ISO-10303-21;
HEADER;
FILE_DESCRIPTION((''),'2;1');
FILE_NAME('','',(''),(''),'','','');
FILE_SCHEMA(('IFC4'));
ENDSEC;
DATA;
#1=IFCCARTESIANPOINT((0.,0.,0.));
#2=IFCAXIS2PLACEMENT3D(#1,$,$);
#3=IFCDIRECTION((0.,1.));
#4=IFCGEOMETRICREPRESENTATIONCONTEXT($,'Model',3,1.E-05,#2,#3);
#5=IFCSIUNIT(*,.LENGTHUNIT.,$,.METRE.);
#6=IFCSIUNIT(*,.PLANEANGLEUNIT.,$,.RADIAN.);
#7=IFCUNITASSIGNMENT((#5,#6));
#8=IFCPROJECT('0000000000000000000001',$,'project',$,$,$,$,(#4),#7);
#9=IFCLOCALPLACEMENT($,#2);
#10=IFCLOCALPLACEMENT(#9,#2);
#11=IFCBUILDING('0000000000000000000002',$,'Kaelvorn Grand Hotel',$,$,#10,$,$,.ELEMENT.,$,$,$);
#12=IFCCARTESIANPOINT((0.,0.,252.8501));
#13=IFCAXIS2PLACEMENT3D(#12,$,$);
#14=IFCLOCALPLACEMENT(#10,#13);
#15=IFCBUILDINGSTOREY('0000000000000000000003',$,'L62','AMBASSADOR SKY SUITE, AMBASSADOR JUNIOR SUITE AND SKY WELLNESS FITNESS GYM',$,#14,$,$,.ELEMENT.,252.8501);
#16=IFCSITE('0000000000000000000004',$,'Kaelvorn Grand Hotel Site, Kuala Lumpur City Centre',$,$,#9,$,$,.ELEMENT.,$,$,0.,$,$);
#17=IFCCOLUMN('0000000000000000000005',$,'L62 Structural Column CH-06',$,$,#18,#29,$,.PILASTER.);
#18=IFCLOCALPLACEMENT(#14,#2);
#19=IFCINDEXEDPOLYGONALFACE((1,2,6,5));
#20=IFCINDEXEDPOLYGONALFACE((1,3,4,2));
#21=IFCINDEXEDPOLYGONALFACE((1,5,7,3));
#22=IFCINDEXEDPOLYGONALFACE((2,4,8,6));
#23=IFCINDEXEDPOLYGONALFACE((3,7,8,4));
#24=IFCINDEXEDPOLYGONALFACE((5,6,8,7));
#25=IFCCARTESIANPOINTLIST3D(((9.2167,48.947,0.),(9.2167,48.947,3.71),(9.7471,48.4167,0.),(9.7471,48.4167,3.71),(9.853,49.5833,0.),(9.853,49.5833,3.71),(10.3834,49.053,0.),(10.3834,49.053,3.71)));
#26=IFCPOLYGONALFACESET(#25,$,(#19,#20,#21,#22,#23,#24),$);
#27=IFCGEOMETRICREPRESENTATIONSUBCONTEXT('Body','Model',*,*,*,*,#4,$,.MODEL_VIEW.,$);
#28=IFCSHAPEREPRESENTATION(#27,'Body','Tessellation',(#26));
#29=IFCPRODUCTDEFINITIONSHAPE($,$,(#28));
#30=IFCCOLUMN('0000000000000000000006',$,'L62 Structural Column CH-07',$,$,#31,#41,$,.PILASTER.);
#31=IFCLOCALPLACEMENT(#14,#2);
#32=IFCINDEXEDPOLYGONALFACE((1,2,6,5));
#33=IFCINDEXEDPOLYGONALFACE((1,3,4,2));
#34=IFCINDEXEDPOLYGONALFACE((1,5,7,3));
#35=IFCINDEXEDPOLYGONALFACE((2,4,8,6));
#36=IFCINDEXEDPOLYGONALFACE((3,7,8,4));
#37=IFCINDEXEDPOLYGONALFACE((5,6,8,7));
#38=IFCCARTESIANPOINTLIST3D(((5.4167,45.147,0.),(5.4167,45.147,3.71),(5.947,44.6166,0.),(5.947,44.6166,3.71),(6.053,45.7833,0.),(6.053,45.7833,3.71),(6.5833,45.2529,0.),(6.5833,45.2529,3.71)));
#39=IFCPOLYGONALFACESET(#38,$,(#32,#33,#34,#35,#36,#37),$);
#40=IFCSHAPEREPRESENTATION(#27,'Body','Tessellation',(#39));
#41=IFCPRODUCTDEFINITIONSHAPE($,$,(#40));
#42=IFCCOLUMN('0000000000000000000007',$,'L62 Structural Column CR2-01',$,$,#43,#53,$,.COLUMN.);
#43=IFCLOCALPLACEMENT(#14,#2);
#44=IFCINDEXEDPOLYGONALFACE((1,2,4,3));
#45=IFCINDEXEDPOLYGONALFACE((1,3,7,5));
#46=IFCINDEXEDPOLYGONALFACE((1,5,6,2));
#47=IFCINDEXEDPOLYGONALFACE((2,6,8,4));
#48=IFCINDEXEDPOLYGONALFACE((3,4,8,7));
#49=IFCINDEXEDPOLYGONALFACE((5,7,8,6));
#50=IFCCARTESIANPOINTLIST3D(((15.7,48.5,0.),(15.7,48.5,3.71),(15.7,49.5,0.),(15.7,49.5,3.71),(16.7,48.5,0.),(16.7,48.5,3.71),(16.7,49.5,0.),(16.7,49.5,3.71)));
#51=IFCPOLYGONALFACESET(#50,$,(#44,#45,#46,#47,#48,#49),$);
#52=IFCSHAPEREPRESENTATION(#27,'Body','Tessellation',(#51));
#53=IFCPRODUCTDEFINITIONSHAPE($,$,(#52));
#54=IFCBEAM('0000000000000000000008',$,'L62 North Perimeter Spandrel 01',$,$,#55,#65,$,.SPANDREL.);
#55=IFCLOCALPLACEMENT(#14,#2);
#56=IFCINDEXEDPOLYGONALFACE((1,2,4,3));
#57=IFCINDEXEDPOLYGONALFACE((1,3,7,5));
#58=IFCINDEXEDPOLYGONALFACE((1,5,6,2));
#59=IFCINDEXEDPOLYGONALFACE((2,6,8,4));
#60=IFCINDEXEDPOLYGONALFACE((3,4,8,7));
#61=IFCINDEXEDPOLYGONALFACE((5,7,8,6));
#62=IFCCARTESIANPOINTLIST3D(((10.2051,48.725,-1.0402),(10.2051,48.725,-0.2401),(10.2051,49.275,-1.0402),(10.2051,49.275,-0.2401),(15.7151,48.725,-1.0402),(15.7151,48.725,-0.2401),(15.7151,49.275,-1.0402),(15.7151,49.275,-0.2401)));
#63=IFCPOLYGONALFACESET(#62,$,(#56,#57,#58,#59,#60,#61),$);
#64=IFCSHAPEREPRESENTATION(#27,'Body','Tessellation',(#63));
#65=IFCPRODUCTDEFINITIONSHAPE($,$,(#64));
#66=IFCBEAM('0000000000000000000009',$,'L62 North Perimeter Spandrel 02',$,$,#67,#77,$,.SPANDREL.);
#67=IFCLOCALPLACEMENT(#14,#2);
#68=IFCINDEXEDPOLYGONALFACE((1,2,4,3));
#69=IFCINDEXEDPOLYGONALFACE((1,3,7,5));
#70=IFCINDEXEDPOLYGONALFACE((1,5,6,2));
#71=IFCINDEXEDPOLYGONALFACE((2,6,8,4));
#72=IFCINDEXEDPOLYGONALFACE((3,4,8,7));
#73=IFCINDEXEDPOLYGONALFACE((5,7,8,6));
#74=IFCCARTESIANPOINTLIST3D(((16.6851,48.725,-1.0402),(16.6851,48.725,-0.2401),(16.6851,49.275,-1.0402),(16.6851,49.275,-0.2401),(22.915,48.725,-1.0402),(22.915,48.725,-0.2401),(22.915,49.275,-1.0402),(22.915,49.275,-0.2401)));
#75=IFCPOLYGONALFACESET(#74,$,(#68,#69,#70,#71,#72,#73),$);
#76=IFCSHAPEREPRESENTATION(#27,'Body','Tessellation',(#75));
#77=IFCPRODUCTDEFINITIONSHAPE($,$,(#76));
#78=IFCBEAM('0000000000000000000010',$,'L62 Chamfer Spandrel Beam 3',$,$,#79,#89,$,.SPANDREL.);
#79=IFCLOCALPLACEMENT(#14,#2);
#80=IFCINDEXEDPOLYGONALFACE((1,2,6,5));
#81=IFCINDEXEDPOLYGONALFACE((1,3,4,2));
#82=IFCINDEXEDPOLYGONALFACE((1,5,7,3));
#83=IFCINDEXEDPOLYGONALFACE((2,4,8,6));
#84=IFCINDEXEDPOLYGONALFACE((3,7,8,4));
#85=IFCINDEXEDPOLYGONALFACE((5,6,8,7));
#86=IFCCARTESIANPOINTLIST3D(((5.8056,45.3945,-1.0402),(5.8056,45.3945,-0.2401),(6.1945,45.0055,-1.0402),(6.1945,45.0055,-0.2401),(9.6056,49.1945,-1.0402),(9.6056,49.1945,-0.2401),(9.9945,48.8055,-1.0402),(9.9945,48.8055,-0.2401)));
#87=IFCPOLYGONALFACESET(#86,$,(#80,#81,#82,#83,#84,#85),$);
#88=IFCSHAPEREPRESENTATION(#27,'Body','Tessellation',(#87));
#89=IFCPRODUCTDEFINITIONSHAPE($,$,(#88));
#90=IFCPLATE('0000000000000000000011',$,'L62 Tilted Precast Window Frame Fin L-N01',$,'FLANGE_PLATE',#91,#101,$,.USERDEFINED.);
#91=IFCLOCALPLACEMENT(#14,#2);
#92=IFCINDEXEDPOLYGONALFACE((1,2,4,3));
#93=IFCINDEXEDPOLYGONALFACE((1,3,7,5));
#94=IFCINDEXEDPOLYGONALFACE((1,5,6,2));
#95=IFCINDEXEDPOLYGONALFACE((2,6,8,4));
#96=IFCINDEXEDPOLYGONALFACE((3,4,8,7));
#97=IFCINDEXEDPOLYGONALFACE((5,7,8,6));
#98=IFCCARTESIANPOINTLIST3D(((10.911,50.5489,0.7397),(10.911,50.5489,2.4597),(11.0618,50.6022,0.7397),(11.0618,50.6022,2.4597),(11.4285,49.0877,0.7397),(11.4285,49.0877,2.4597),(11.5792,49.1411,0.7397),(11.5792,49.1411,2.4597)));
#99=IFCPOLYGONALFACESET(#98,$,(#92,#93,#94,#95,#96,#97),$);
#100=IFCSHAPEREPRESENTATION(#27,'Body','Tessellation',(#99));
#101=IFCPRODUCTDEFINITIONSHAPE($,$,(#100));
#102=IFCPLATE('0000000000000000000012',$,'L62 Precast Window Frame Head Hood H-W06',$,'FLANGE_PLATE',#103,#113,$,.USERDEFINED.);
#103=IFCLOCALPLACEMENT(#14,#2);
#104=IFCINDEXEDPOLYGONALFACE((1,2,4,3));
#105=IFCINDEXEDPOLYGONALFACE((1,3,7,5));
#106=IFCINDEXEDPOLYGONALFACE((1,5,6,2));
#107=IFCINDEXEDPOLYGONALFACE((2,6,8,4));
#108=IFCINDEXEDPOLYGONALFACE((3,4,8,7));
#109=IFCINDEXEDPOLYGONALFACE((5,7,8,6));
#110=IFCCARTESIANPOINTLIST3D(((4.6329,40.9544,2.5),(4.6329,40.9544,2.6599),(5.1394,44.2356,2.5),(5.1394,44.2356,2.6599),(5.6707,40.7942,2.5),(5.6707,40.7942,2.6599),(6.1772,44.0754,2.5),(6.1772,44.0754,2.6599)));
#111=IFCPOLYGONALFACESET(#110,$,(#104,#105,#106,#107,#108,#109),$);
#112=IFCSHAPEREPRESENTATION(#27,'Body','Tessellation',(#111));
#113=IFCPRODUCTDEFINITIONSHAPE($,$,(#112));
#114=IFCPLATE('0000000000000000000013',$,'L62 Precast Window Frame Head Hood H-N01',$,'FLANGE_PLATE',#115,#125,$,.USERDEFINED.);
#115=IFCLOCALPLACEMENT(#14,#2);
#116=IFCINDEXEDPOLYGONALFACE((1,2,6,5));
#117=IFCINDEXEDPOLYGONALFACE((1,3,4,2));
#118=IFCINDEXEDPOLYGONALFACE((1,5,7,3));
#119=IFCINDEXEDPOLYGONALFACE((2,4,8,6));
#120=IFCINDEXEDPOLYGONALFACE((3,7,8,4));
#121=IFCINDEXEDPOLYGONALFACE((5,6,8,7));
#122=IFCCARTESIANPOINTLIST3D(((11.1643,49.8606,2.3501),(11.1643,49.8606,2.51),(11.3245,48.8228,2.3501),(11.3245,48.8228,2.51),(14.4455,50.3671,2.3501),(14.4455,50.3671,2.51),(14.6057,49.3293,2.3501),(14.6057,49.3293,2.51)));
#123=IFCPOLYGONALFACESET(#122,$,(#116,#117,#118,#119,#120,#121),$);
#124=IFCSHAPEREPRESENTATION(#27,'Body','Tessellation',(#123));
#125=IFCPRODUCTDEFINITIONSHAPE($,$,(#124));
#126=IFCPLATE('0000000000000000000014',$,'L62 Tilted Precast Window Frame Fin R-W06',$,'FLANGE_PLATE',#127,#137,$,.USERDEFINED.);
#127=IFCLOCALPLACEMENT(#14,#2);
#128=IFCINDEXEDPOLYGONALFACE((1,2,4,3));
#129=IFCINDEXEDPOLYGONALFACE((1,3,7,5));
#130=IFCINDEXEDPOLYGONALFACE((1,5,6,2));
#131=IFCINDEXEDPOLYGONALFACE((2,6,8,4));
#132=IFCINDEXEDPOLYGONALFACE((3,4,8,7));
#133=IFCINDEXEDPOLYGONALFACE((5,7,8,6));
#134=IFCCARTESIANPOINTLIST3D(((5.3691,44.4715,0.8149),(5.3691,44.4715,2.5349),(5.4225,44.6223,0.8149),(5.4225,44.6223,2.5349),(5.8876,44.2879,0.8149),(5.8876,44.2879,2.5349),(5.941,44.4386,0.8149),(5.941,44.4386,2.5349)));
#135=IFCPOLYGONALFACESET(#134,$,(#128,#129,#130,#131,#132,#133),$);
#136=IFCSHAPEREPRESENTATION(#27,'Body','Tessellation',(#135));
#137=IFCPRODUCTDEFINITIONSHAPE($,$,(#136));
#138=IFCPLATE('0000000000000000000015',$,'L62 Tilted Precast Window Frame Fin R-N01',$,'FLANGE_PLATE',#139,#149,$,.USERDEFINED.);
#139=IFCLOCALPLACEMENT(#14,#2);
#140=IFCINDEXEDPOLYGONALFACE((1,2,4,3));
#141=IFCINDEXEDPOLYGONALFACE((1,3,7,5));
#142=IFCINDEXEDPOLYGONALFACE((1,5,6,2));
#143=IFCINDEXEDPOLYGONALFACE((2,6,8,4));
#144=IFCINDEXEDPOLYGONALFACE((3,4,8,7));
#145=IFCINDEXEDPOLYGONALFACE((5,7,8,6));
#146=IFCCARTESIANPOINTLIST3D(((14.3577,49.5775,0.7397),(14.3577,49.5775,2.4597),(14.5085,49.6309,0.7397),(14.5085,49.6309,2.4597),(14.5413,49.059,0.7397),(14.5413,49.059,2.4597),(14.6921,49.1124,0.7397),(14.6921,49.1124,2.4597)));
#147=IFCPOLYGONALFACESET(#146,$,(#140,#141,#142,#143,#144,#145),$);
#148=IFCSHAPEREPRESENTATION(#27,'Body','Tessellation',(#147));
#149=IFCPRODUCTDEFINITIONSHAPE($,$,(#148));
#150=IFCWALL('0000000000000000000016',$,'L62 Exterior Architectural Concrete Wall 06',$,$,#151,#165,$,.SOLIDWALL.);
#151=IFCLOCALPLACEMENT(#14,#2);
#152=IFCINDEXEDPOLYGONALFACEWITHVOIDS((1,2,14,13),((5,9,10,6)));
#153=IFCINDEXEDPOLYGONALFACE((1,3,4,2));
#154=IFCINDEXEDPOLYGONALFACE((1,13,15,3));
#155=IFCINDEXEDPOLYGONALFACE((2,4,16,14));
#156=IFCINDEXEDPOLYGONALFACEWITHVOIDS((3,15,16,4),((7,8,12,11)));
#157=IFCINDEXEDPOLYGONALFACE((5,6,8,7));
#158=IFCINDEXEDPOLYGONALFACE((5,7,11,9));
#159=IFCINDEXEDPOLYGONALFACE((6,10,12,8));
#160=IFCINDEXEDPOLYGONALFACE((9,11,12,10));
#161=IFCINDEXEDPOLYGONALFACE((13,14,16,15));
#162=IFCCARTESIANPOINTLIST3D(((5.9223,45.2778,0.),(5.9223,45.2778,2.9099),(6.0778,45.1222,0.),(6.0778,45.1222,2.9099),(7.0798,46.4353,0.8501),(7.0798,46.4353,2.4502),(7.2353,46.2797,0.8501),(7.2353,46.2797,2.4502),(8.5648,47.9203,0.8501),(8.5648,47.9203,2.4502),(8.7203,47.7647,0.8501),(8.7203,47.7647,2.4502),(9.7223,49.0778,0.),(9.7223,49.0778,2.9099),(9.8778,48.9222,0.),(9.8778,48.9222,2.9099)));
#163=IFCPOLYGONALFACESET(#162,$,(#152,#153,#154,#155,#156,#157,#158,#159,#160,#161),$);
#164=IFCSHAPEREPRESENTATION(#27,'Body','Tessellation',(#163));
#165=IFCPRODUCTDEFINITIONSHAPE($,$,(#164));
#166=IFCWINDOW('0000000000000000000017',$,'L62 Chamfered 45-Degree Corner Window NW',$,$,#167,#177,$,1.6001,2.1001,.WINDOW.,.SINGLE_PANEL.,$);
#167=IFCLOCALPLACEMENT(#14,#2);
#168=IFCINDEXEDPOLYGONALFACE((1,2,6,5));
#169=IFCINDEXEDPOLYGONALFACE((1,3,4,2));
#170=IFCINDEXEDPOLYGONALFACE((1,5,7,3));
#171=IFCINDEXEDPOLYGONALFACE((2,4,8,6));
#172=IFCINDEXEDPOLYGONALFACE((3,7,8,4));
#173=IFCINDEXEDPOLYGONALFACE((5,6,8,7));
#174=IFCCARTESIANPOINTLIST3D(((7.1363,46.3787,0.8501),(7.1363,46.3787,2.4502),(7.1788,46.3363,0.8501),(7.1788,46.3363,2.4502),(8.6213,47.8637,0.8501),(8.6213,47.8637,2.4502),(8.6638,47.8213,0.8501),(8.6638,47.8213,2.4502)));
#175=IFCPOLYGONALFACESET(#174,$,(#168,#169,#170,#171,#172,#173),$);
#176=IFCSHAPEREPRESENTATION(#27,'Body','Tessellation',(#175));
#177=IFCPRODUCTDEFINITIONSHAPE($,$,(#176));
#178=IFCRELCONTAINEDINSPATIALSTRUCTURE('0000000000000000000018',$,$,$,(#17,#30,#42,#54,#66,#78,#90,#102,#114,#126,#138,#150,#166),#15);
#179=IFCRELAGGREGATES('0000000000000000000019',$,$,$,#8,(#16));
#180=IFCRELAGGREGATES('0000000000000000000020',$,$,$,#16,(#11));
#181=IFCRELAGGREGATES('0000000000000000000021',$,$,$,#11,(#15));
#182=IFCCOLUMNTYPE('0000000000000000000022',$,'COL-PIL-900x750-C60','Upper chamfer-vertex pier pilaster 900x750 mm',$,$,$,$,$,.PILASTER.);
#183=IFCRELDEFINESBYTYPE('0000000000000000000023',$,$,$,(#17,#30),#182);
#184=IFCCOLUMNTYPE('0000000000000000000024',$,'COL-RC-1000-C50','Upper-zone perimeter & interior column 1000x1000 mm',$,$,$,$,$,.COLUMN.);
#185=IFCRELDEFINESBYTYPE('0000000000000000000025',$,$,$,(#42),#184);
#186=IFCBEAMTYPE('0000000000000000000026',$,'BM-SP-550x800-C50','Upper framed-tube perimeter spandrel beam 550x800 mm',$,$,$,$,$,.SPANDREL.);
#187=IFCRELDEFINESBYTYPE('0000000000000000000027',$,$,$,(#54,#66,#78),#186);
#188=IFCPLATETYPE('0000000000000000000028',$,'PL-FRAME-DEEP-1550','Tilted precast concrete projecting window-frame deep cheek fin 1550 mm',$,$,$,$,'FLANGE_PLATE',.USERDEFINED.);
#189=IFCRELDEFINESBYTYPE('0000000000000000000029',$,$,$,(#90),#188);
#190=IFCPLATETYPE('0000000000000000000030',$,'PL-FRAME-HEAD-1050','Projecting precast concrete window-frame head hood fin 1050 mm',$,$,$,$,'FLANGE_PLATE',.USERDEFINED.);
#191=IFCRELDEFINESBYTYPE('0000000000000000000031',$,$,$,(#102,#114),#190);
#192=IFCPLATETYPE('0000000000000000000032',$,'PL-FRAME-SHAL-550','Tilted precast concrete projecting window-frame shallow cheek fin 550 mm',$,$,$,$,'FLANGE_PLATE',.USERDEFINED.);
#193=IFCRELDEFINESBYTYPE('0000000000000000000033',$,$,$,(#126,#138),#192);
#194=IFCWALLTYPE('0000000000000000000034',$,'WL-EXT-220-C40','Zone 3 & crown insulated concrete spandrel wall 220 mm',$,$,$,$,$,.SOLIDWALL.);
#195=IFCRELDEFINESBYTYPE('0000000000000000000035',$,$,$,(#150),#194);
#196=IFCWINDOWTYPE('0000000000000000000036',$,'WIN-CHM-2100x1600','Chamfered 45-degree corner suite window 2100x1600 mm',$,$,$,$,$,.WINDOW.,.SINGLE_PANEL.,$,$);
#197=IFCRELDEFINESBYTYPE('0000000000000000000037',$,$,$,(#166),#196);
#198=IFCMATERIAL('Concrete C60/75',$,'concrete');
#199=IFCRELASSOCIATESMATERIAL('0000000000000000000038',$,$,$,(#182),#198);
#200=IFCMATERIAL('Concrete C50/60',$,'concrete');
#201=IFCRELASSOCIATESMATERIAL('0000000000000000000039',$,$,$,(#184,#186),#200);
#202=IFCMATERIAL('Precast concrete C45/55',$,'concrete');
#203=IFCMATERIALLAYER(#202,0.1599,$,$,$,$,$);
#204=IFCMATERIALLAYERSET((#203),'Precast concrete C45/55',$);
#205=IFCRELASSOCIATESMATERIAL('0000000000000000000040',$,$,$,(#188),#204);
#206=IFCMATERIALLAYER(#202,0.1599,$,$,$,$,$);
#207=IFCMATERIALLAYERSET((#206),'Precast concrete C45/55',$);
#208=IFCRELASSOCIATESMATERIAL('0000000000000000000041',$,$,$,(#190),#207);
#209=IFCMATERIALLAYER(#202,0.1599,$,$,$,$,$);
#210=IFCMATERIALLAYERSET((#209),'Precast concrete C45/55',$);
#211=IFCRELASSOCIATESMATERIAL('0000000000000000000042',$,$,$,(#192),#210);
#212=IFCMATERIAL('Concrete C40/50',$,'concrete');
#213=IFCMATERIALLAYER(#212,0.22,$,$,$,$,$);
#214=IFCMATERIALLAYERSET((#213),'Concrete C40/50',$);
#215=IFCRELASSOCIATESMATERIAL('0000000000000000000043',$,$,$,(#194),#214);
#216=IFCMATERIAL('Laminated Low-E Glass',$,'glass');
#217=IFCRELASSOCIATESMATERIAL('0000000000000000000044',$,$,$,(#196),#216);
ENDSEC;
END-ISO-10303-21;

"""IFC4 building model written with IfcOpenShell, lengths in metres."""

from ifc_helpers import new_model, si_unit, direction, frame, frame_2d, origin, origin_2d, place, context, subcontext, project, spatial, rectangle, extrude, material, layer, layer_set, material_profile, profile_set, type_object, element, fill, save


model = new_model("IFC4")

# Units and contexts
model_context = context("Model", 3, precision=1e-05, world=origin(), true_north=direction((0.0, 1.0)))
body_context = subcontext(model_context, "Body", "Model", "MODEL_VIEW")
ifc_project = project(units=[si_unit("LENGTHUNIT", "METRE"), si_unit("PLANEANGLEUNIT", "RADIAN")], contexts=[model_context])

# Site, building, storey
site_placement = place(None, origin())
site = spatial("IfcSite", under=ifc_project, at=site_placement, Name="Kaelvorn Grand Hotel Site, Kuala Lumpur City Centre", CompositionType="ELEMENT", RefElevation=0.0)
building_placement = place(site_placement, origin())
building = spatial("IfcBuilding", under=site, at=building_placement, Name="Kaelvorn Grand Hotel", CompositionType="ELEMENT")
storey_placement = place(building_placement, frame((0.0, 0.0, 252.8501)))
storey = spatial("IfcBuildingStorey", under=building, at=storey_placement, Name="L62", Description="AMBASSADOR SKY SUITE, AMBASSADOR JUNIOR SUITE AND SKY WELLNESS FITNESS GYM", CompositionType="ELEMENT", Elevation=252.8501)

# Columns
ifc_material_1 = material(Name="Concrete C60/75", Category="concrete")
ifc_material_profile_1 = material_profile(ifc_material_1, rectangle(XDim=0.8999, YDim=0.75, at=origin_2d()), Name="RC PILASTER 900x750")
ifc_profile_set_1 = profile_set([ifc_material_profile_1], Name="Concrete C60/75")
column_type_1 = type_object("IfcColumnType", Name="COL-PIL-900x750-C60", Description="Upper chamfer-vertex pier pilaster 900x750 mm", PredefinedType="PILASTER", material=ifc_profile_set_1)
for number, where, z_axis, x_axis, name in (
    (1, (9.8, 49.0, 0.0), (0.0, 0.0, 1.0), (0.707107, 0.707107, 0.0), "L62 Structural Column CH-06"),
    (2, (6.0, 45.2, 0.0), (0.0, 0.0, 1.0), (0.707107, 0.707107, 0.0), "L62 Structural Column CH-07"),
):
    element("IfcColumn", number, at=place(storey_placement, frame(where, z_axis=z_axis, x_axis=x_axis)), inside=storey, type_object=column_type_1, Name=name, PredefinedType="PILASTER", context=body_context, shape_type="SweptSolid", body=[
        extrude(rectangle(XDim=0.8999, YDim=0.75, at=origin_2d()), origin(), (0.0, 0.0, 1.0), 3.71),
    ])
ifc_material_2 = material(Name="Concrete C50/60", Category="concrete")
ifc_material_profile_2 = material_profile(ifc_material_2, rectangle(XDim=1.0, YDim=1.0, at=origin_2d()), Name="RC COL 1000x1000")
ifc_profile_set_2 = profile_set([ifc_material_profile_2], Name="Concrete C50/60")
column_type_2 = type_object("IfcColumnType", Name="COL-RC-1000-C50", Description="Upper-zone perimeter & interior column 1000x1000 mm", PredefinedType="COLUMN", material=ifc_profile_set_2)
column_placement = place(storey_placement, frame((16.2, 49.0, 0.0), z_axis=(0.0, 0.0, 1.0), x_axis=(1.0, 0.0, 0.0)))
element("IfcColumn", 3, at=column_placement, inside=storey, type_object=column_type_2, Name="L62 Structural Column CR2-01", PredefinedType="COLUMN", context=body_context, shape_type="SweptSolid", body=[
    extrude(rectangle(XDim=1.0, YDim=1.0, at=origin_2d()), origin(), (0.0, 0.0, 1.0), 3.71),
])

# Beams
ifc_material_profile_3 = material_profile(ifc_material_2, rectangle(XDim=0.55, YDim=0.8, at=origin_2d()), Name="RC SPANDREL 550x800")
ifc_profile_set_3 = profile_set([ifc_material_profile_3], Name="Concrete C50/60")
beam_type = type_object("IfcBeamType", Name="BM-SP-550x800-C50", Description="Upper framed-tube perimeter spandrel beam 550x800 mm", PredefinedType="SPANDREL", material=ifc_profile_set_3)
beam_1_placement = place(storey_placement, frame((10.2051, 49.0, -0.6401), z_axis=(1.0, 0.0, 0.0), x_axis=(0.0, 1.0, 0.0)))
element("IfcBeam", 4, at=beam_1_placement, inside=storey, type_object=beam_type, Name="L62 North Perimeter Spandrel 01", PredefinedType="SPANDREL", context=body_context, shape_type="SweptSolid", body=[
    extrude(rectangle(XDim=0.55, YDim=0.8, at=origin_2d()), origin(), (0.0, 0.0, 1.0), 5.51),
])
beam_2_placement = place(storey_placement, frame((16.6851, 49.0, -0.6401), z_axis=(1.0, 0.0, 0.0), x_axis=(0.0, 1.0, 0.0)))
element("IfcBeam", 5, at=beam_2_placement, inside=storey, type_object=beam_type, Name="L62 North Perimeter Spandrel 02", PredefinedType="SPANDREL", context=body_context, shape_type="SweptSolid", body=[
    extrude(rectangle(XDim=0.55, YDim=0.8, at=origin_2d()), origin(), (0.0, 0.0, 1.0), 6.23),
])
beam_3_placement = place(storey_placement, frame((9.8, 49.0, -0.6401), z_axis=(-0.707107, -0.707107, 0.0), x_axis=(0.707107, -0.707107, 0.0)))
element("IfcBeam", 6, at=beam_3_placement, inside=storey, type_object=beam_type, Name="L62 Chamfer Spandrel Beam 3", PredefinedType="SPANDREL", context=body_context, shape_type="SweptSolid", body=[
    extrude(rectangle(XDim=0.55, YDim=0.8, at=origin_2d()), origin(), (0.0, 0.0, 1.0), 5.374),
])

# Plates
ifc_material_3 = material(Name="Precast concrete C45/55", Category="concrete")
ifc_layer_1 = layer(ifc_material_3, 0.1599)
ifc_layer_set_1 = layer_set([ifc_layer_1], Name="Precast concrete C45/55")
plate_type_1 = type_object("IfcPlateType", Name="PL-FRAME-DEEP-1550", Description="Tilted precast concrete projecting window-frame deep cheek fin 1550 mm", ElementType="FLANGE_PLATE", PredefinedType="USERDEFINED", material=ifc_layer_set_1)
plate_placement = place(storey_placement, frame((11.2451, 49.845, 0.7397), z_axis=(0.0, 0.0, 1.0), x_axis=(0.942641, 0.333807, 0.0)))
element("IfcPlate", 7, at=plate_placement, inside=storey, type_object=plate_type_1, Name="L62 Tilted Precast Window Frame Fin L-N01", ObjectType="FLANGE_PLATE", PredefinedType="USERDEFINED", context=body_context, shape_type="SweptSolid", body=[
    extrude(rectangle(XDim=0.1599, YDim=1.55, at=origin_2d()), origin(), (0.0, 0.0, 1.0), 1.72),
])
ifc_layer_2 = layer(ifc_material_3, 0.1599)
ifc_layer_set_2 = layer_set([ifc_layer_2], Name="Precast concrete C45/55")
plate_type_2 = type_object("IfcPlateType", Name="PL-FRAME-HEAD-1050", Description="Projecting precast concrete window-frame head hood fin 1050 mm", ElementType="FLANGE_PLATE", PredefinedType="USERDEFINED", material=ifc_layer_set_2)
for number, where, z_axis, x_axis, name in (
    (8, (5.405, 42.5149, 2.5), (0.0, 0.0, 1.0), (0.152555, 0.988295, 0.0), "L62 Precast Window Frame Head Hood H-W06"),
    (9, (12.885, 49.595, 2.3501), (0.0, 0.0, 1.0), (0.988295, 0.152555, 0.0), "L62 Precast Window Frame Head Hood H-N01"),
):
    element("IfcPlate", number, at=place(storey_placement, frame(where, z_axis=z_axis, x_axis=x_axis)), inside=storey, type_object=plate_type_2, Name=name, ObjectType="FLANGE_PLATE", PredefinedType="USERDEFINED", context=body_context, shape_type="SweptSolid", body=[
        extrude(rectangle(XDim=3.3201, YDim=1.05, at=origin_2d()), origin(), (0.0, 0.0, 1.0), 0.1599),
    ])
ifc_layer_3 = layer(ifc_material_3, 0.1599)
ifc_layer_set_3 = layer_set([ifc_layer_3], Name="Precast concrete C45/55")
plate_type_3 = type_object("IfcPlateType", Name="PL-FRAME-SHAL-550", Description="Tilted precast concrete projecting window-frame shallow cheek fin 550 mm", ElementType="FLANGE_PLATE", PredefinedType="USERDEFINED", material=ifc_layer_set_3)
for number, where, z_axis, x_axis, name in (
    (10, (5.655, 44.4551, 0.8149), (0.0, 0.0, 1.0), (0.333807, 0.942641, 0.0), "L62 Tilted Precast Window Frame Fin R-W06"),
    (11, (14.5249, 49.345, 0.7397), (0.0, 0.0, 1.0), (0.942641, 0.333807, 0.0), "L62 Tilted Precast Window Frame Fin R-N01"),
):
    element("IfcPlate", number, at=place(storey_placement, frame(where, z_axis=z_axis, x_axis=x_axis)), inside=storey, type_object=plate_type_3, Name=name, ObjectType="FLANGE_PLATE", PredefinedType="USERDEFINED", context=body_context, shape_type="SweptSolid", body=[
        extrude(rectangle(XDim=0.1599, YDim=0.55, at=origin_2d()), origin(), (0.0, 0.0, 1.0), 1.72),
    ])

# Wall, opening, window
ifc_material_4 = material(Name="Concrete C40/50", Category="concrete")
ifc_layer_4 = layer(ifc_material_4, 0.22)
ifc_layer_set_4 = layer_set([ifc_layer_4], Name="Concrete C40/50")
wall_type_1 = type_object("IfcWallType", Name="WL-EXT-220-C40", Description="Zone 3 & crown insulated concrete spandrel wall 220 mm", PredefinedType="SOLIDWALL", material=ifc_layer_set_4)
wall_1_placement = place(storey_placement, frame((9.8, 49.0, 0.0), z_axis=(0.0, 0.0, 1.0), x_axis=(-0.707107, -0.707107, 0.0)))
wall_1 = element("IfcWall", 12, at=wall_1_placement, inside=storey, type_object=wall_type_1, Name="L62 Exterior Architectural Concrete Wall 06", PredefinedType="SOLIDWALL", context=body_context, shape_type="SweptSolid", body=[
    extrude(rectangle(XDim=5.374, YDim=0.22, at=frame_2d((2.687, 0.0))), origin(), (0.0, 0.0, 1.0), 2.9099),
])
opening_1_placement = place(wall_1_placement, frame((1.637, 0.0, 0.8501)))
opening_1 = element("IfcOpeningElement", 13, at=opening_1_placement, cuts=wall_1, PredefinedType="OPENING", context=body_context, shape_type="SweptSolid", body=[
    extrude(rectangle(XDim=2.1001, YDim=1.6001, at=frame_2d((1.05, 0.8))), frame((0.0, 0.1201, 0.0), z_axis=(0.0, -1.0, 0.0), x_axis=(1.0, 0.0, 0.0)), (0.0, 0.0, 1.0), 0.24),
])
ifc_material_5 = material(Name="Laminated Low-E Glass", Category="glass")
window_type_1 = type_object("IfcWindowType", Name="WIN-CHM-2100x1600", Description="Chamfered 45-degree corner suite window 2100x1600 mm", PartitioningType="SINGLE_PANEL", PredefinedType="WINDOW", material=ifc_material_5)
window_1_placement = place(opening_1_placement, origin())
window_1 = element("IfcWindow", 14, at=window_1_placement, inside=storey, type_object=window_type_1, Name="L62 Chamfered 45-Degree Corner Window NW", OverallHeight=1.6001, OverallWidth=2.1001, PartitioningType="SINGLE_PANEL", PredefinedType="WINDOW", context=body_context, shape_type="SweptSolid", body=[
    extrude(rectangle(XDim=2.1001, YDim=1.6001, at=frame_2d((1.05, 0.8))), frame((0.0, 0.03, 0.0), z_axis=(0.0, -1.0, 0.0), x_axis=(1.0, 0.0, 0.0)), (0.0, 0.0, 1.0), 0.0601),
])
fill(opening_1, window_1)

save(model, "model.ifc")
